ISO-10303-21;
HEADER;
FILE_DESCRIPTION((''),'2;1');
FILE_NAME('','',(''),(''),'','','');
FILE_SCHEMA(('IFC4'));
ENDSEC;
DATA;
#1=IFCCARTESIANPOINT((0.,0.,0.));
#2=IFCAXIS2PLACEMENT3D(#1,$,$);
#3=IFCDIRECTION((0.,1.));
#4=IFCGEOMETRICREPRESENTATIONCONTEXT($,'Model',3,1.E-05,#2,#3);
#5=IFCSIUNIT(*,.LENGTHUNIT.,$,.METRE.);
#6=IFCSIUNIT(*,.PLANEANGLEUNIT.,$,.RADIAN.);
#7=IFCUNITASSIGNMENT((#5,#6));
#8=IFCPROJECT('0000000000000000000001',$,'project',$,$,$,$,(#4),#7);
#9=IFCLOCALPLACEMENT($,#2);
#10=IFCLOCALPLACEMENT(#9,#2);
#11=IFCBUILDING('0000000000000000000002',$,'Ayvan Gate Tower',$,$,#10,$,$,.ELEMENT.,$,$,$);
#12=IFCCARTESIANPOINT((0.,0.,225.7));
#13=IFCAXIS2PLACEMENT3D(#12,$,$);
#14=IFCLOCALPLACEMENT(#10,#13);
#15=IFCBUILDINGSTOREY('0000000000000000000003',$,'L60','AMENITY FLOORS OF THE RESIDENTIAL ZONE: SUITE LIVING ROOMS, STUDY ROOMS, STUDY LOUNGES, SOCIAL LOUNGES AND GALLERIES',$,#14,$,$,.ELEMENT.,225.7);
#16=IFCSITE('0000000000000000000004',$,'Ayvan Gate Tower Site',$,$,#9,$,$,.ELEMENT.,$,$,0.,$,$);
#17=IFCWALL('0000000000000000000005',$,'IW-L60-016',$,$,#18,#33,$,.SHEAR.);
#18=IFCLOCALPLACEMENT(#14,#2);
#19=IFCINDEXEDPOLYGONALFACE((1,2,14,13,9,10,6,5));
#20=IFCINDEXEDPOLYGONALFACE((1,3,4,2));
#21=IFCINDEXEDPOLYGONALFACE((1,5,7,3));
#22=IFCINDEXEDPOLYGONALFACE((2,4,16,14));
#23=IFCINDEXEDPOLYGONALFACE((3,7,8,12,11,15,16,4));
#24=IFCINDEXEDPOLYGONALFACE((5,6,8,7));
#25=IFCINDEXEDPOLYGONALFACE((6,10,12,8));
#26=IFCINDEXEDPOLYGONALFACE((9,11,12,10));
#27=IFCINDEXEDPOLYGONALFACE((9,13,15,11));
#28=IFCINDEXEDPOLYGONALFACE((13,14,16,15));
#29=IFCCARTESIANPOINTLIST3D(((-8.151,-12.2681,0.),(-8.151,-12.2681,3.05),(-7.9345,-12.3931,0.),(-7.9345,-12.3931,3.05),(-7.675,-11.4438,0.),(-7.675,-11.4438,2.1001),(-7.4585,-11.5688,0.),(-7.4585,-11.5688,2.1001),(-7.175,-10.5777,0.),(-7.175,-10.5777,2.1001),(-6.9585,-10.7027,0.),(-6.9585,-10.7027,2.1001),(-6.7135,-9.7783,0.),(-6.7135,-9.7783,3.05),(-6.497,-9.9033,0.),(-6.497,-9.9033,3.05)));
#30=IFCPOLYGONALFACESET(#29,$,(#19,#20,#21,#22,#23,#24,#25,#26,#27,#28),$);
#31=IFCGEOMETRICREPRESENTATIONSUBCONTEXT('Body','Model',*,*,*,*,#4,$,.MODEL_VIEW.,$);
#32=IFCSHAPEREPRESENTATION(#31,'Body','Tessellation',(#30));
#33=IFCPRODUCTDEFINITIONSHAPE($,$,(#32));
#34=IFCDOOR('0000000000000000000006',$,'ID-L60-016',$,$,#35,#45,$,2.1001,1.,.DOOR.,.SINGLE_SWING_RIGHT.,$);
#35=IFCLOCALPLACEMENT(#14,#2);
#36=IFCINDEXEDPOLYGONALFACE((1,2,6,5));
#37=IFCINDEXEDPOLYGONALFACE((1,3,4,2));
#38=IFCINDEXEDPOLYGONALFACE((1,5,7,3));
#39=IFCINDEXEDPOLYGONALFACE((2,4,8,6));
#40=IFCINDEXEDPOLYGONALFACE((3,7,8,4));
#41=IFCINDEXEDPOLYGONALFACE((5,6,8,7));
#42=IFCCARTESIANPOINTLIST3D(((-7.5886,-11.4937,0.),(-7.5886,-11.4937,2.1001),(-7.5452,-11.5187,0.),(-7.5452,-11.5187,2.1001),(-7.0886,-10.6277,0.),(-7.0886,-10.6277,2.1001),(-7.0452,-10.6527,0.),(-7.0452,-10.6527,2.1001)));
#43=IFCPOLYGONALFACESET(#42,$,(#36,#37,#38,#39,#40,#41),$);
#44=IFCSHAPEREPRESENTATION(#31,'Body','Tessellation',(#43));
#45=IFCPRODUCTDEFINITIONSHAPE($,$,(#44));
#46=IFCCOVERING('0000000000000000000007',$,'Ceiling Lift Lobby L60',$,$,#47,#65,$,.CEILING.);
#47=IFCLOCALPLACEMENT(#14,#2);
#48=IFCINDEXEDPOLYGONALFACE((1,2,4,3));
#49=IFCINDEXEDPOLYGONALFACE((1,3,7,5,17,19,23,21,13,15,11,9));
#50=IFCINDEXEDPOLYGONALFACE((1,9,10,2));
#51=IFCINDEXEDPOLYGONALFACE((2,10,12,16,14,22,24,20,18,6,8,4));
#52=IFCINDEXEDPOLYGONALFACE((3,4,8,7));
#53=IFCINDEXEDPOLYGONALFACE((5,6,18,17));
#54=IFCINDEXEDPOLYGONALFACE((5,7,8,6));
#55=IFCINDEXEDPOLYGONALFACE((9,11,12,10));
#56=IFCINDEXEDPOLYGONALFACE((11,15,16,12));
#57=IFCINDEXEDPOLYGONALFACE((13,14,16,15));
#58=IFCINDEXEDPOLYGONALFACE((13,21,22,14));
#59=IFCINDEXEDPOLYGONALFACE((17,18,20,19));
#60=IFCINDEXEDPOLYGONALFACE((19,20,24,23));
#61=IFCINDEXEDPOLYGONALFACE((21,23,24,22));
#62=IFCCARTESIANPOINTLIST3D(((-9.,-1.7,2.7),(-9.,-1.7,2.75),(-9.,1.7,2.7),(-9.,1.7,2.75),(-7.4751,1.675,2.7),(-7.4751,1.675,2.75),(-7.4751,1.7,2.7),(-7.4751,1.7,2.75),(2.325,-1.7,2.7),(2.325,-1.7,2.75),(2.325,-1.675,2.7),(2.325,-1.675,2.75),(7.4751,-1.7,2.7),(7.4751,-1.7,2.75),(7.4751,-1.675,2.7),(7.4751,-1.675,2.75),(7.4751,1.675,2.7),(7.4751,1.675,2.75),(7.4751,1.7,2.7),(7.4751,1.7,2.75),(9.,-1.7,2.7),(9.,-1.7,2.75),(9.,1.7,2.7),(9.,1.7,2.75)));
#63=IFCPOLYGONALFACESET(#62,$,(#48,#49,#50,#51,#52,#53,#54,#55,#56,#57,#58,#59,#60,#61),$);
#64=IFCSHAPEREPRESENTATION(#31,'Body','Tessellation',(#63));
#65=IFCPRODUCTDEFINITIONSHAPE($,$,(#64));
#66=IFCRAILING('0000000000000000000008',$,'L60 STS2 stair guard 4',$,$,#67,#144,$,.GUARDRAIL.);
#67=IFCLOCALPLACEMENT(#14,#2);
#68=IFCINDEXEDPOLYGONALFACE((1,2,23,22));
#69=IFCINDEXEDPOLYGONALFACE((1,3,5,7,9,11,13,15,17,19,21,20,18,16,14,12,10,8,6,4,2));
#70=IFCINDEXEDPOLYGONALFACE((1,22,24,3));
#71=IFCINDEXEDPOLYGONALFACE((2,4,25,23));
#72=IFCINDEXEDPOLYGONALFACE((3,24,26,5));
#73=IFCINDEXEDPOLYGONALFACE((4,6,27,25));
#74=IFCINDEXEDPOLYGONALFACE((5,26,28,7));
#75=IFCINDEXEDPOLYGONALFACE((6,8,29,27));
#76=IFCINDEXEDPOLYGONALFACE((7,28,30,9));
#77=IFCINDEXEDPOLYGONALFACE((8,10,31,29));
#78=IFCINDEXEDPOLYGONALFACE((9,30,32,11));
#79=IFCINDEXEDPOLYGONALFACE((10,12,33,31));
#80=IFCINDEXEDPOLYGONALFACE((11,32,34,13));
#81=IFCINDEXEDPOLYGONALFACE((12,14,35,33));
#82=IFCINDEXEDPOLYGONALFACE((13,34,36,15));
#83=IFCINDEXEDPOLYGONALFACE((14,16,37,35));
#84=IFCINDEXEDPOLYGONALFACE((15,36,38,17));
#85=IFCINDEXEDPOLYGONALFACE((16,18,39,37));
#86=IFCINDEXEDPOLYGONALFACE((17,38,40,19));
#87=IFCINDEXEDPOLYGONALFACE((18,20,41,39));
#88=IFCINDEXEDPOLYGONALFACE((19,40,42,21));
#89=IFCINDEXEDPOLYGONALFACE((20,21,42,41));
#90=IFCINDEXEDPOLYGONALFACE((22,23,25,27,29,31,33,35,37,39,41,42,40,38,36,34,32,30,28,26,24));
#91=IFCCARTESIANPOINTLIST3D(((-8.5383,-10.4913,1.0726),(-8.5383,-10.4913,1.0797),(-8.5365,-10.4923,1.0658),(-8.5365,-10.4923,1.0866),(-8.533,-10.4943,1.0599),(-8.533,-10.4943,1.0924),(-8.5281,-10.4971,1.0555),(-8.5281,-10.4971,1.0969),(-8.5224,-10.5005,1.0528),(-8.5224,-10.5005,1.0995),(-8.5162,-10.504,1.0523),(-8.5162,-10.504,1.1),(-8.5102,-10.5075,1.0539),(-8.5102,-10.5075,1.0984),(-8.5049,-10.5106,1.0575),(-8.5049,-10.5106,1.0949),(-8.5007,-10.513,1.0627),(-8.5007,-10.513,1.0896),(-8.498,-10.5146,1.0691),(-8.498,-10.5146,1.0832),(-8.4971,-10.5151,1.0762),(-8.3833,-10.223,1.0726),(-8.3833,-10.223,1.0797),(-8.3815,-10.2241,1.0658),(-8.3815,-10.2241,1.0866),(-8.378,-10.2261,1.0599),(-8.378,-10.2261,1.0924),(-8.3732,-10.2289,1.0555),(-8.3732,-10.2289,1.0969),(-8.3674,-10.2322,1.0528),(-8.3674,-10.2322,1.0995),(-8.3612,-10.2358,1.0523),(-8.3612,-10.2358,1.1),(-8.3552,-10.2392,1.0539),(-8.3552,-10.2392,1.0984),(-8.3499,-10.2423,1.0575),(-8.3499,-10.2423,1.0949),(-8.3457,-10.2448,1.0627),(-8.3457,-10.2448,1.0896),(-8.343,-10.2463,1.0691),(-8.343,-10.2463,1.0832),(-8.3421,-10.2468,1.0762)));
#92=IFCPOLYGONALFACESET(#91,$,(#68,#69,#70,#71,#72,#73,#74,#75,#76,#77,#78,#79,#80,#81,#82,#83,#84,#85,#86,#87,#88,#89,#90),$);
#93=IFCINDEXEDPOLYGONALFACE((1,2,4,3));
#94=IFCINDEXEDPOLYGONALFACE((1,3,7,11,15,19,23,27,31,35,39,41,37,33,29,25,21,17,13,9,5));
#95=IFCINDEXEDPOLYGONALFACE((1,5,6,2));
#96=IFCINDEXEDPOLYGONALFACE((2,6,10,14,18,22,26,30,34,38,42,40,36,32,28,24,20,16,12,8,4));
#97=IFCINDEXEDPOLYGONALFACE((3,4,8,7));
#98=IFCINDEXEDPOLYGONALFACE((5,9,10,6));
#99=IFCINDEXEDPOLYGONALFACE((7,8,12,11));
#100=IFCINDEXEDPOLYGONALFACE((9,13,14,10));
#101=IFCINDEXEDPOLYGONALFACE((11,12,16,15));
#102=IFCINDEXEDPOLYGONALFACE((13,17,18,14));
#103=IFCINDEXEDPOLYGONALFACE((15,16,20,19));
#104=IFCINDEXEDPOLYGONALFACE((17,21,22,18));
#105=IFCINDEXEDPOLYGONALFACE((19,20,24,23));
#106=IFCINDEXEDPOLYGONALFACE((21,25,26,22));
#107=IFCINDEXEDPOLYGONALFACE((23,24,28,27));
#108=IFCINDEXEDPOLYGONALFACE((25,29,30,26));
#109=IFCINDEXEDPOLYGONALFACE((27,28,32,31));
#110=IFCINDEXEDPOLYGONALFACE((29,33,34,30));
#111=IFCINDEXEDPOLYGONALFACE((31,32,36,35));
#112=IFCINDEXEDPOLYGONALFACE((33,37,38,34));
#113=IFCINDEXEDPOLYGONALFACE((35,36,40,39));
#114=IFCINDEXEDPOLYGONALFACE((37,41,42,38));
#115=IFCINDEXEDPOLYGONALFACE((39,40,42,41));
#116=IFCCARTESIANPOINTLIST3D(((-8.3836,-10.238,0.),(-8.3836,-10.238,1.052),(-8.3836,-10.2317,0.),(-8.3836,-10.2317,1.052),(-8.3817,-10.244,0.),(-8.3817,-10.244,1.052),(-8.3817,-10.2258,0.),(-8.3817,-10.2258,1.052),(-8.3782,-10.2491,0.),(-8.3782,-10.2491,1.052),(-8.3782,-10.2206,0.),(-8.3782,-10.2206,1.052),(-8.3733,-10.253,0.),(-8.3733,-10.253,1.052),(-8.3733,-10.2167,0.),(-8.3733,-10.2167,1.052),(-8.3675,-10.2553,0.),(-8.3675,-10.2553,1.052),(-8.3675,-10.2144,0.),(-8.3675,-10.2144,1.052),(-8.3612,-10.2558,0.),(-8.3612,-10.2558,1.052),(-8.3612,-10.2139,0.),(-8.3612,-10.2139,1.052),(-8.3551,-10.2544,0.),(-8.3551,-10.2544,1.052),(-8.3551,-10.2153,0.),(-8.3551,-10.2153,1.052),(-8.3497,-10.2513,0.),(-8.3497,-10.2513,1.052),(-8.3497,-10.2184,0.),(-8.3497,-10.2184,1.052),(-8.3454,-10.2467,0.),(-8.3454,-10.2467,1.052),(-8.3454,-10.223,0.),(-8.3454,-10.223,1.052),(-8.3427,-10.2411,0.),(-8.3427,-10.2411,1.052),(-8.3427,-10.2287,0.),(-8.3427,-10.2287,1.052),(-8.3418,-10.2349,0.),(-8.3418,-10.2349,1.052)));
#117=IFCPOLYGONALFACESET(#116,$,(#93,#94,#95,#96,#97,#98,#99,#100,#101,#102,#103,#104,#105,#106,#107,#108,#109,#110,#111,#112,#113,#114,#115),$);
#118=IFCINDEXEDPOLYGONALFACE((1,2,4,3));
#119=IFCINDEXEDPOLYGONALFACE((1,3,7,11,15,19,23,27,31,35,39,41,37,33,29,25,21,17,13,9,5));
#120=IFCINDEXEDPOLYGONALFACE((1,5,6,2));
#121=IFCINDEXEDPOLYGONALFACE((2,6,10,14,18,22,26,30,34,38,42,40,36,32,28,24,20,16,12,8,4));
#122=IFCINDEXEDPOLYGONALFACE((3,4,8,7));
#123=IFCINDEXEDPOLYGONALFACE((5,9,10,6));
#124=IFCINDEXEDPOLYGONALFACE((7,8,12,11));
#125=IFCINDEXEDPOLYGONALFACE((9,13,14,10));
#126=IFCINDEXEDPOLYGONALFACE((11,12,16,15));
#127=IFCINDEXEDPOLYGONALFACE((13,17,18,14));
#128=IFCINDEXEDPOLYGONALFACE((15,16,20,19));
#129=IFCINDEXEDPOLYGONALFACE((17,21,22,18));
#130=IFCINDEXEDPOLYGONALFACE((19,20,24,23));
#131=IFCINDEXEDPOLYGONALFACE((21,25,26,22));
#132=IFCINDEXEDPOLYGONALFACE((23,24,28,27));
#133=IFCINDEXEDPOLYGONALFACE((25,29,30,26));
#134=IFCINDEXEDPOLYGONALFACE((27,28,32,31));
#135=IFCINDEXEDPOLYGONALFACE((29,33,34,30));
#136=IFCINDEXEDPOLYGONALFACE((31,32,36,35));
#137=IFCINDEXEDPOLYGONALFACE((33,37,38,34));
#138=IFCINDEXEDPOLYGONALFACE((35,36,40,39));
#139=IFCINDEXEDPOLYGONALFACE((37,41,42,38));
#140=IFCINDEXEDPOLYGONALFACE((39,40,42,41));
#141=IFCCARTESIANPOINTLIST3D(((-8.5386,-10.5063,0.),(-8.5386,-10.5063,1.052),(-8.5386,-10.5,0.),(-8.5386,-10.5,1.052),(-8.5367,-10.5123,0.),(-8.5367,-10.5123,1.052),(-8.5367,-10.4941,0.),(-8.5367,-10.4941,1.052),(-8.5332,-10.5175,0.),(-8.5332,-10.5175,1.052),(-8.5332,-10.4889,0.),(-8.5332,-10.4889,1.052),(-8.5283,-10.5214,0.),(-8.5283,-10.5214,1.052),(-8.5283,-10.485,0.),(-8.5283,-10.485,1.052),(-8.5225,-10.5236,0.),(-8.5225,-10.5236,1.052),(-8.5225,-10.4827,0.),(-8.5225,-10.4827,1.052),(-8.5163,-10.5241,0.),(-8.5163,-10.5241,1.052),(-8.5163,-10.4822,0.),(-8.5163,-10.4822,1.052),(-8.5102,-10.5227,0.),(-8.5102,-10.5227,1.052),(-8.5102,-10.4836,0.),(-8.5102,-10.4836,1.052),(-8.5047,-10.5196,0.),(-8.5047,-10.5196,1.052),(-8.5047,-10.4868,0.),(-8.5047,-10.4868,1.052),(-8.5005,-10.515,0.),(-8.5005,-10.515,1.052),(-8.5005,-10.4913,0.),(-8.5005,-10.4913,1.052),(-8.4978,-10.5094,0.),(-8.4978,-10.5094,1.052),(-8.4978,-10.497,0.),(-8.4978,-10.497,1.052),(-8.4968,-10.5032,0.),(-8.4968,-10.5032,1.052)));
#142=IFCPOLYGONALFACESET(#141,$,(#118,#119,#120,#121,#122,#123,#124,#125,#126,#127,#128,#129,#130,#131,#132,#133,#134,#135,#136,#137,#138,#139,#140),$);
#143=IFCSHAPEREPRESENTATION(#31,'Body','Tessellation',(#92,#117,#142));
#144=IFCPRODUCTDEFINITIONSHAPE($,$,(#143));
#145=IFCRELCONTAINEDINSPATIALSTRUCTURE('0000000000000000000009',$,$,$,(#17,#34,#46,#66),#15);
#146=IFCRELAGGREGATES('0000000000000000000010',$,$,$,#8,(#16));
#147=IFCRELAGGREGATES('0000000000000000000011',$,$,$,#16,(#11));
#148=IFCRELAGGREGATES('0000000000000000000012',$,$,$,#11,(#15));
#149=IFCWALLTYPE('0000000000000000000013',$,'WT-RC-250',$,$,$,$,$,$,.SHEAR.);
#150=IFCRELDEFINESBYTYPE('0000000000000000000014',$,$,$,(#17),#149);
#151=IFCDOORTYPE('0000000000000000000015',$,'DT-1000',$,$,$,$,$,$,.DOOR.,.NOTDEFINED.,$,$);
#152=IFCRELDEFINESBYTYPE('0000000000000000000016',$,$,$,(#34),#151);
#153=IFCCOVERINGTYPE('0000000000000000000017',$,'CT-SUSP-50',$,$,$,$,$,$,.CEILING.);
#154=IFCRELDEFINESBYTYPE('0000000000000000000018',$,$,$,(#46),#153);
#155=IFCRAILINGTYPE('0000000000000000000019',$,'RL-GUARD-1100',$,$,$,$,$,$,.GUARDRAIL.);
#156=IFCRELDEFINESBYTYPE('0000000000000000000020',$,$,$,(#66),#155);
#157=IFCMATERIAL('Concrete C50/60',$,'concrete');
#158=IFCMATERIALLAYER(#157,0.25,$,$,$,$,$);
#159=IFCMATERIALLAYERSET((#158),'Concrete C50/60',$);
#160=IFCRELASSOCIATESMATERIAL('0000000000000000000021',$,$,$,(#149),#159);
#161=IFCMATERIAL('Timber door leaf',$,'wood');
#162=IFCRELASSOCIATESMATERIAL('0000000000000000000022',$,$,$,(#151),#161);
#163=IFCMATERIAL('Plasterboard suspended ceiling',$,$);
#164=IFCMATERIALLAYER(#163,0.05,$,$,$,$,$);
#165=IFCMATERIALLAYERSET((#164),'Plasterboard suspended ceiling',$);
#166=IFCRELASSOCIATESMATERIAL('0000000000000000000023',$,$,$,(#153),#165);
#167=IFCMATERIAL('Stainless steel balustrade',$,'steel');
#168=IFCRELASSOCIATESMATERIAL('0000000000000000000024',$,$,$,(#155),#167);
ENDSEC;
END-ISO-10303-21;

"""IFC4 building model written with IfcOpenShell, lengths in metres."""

from ifc_helpers import new_model, si_unit, direction, frame, frame_2d, origin, origin_2d, place, context, subcontext, project, spatial, polyline, rectangle, circle, outline, extrude, material, layer, layer_set, type_object, element, fill, save


model = new_model("IFC4")

# Units and contexts
model_context = context("Model", 3, precision=1e-05, world=origin(), true_north=direction((0.0, 1.0)))
body_context = subcontext(model_context, "Body", "Model", "MODEL_VIEW")
ifc_project = project(units=[si_unit("LENGTHUNIT", "METRE"), si_unit("PLANEANGLEUNIT", "RADIAN")], contexts=[model_context])

# Site, building, storey
site_placement = place(None, origin())
site = spatial("IfcSite", under=ifc_project, at=site_placement, Name="Ayvan Gate Tower Site", CompositionType="ELEMENT", RefElevation=0.0)
building_placement = place(site_placement, origin())
building = spatial("IfcBuilding", under=site, at=building_placement, Name="Ayvan Gate Tower", CompositionType="ELEMENT")
storey_placement = place(building_placement, frame((0.0, 0.0, 225.7)))
storey = spatial("IfcBuildingStorey", under=building, at=storey_placement, Name="L60", Description="AMENITY FLOORS OF THE RESIDENTIAL ZONE: SUITE LIVING ROOMS, STUDY ROOMS, STUDY LOUNGES, SOCIAL LOUNGES AND GALLERIES", CompositionType="ELEMENT", Elevation=225.7)

# Shared definitions
ifc_material_1 = material(Name="Timber door leaf", Category="wood")

# Wall, opening, door
ifc_material_2 = material(Name="Concrete C50/60", Category="concrete")
ifc_layer_1 = layer(ifc_material_2, 0.25)
ifc_layer_set_1 = layer_set([ifc_layer_1], Name="Concrete C50/60")
wall_type_1 = type_object("IfcWallType", Name="WT-RC-250", PredefinedType="SHEAR", material=ifc_layer_set_1)
wall_1_placement = place(storey_placement, frame((-6.6052, -9.8408, 0.0), z_axis=(0.0, 0.0, 1.0), x_axis=(-0.500012, -0.866019, 0.0)))
wall_1 = element("IfcWall", 1, at=wall_1_placement, inside=storey, type_object=wall_type_1, Name="IW-L60-016", PredefinedType="SHEAR", context=body_context, shape_type="SweptSolid", body=[
    extrude(rectangle(XDim=2.875, YDim=0.25, at=frame_2d((1.4375, 0.0))), origin(), (0.0, 0.0, 1.0), 3.05),
])
opening_1_placement = place(wall_1_placement, frame((0.9231, 0.0, 0.0)))
opening_1 = element("IfcOpeningElement", 2, at=opening_1_placement, cuts=wall_1, PredefinedType="OPENING", context=body_context, shape_type="SweptSolid", body=[
    extrude(rectangle(XDim=1.0, YDim=2.1001, at=frame_2d((0.5, 1.05))), frame((0.0, 0.135, 0.0), z_axis=(0.0, -1.0, 0.0), x_axis=(1.0, 0.0, 0.0)), (0.0, 0.0, 1.0), 0.27),
])
door_type_1 = type_object("IfcDoorType", Name="DT-1000", OperationType="NOTDEFINED", PredefinedType="DOOR", material=ifc_material_1)
door_1_placement = place(opening_1_placement, origin())
door_1 = element("IfcDoor", 3, at=door_1_placement, inside=storey, type_object=door_type_1, Name="ID-L60-016", OperationType="SINGLE_SWING_RIGHT", OverallHeight=2.1001, OverallWidth=1.0, PredefinedType="DOOR", context=body_context, shape_type="SweptSolid", body=[
    extrude(rectangle(XDim=1.0, YDim=2.1001, at=frame_2d((0.5, 1.05))), frame((0.0, 0.0249, 0.0), z_axis=(0.0, -1.0, 0.0), x_axis=(1.0, 0.0, 0.0)), (0.0, 0.0, 1.0), 0.05),
])
fill(opening_1, door_1)

# Covering
ifc_material_3 = material(Name="Plasterboard suspended ceiling")
ifc_layer_2 = layer(ifc_material_3, 0.05)
ifc_layer_set_2 = layer_set([ifc_layer_2], Name="Plasterboard suspended ceiling")
covering_type = type_object("IfcCoveringType", Name="CT-SUSP-50", PredefinedType="CEILING", material=ifc_layer_set_2)
covering_placement = place(storey_placement, frame((0.0, 0.0, 2.7)))
element("IfcCovering", 4, at=covering_placement, inside=storey, type_object=covering_type, Name="Ceiling Lift Lobby L60", PredefinedType="CEILING", context=body_context, shape_type="SweptSolid", body=[
    extrude(outline(polyline([(7.4751, -1.675), (2.325, -1.675), (2.325, -1.7), (-9.0, -1.7), (-9.0, 1.7), (-7.4751, 1.7), (-7.4751, 1.675), (7.4751, 1.675), (7.4751, 1.7), (9.0, 1.7), (9.0, -1.7), (7.4751, -1.7), (7.4751, -1.675)])), origin(), (0.0, 0.0, 1.0), 0.05),
])

# Railing
ifc_material_4 = material(Name="Stainless steel balustrade", Category="steel")
railing_type_1 = type_object("IfcRailingType", Name="RL-GUARD-1100", PredefinedType="GUARDRAIL", material=ifc_material_4)
railing_1_placement = place(storey_placement, frame((-8.3628, -10.2349, 0.0)))
element("IfcRailing", 5, at=railing_1_placement, inside=storey, type_object=railing_type_1, Name="L60 STS2 stair guard 4", PredefinedType="GUARDRAIL", context=body_context, shape_type="SweptSolid", body=[
    extrude(circle(Radius=0.0239, at=origin_2d()), frame((0.0, 0.0, 1.0762), z_axis=(-0.500291, -0.865857, 0.0), x_axis=(0.865857, -0.500291, 0.0)), (0.0, 0.0, 1.0), 0.3098),
    extrude(circle(Radius=0.021, at=origin_2d()), origin(), (0.0, 0.0, 1.0), 1.052),
    extrude(circle(Radius=0.021, at=origin_2d()), frame((-0.155, -0.2683, 0.0)), (0.0, 0.0, 1.0), 1.052),
])

save(model, "model.ifc")
